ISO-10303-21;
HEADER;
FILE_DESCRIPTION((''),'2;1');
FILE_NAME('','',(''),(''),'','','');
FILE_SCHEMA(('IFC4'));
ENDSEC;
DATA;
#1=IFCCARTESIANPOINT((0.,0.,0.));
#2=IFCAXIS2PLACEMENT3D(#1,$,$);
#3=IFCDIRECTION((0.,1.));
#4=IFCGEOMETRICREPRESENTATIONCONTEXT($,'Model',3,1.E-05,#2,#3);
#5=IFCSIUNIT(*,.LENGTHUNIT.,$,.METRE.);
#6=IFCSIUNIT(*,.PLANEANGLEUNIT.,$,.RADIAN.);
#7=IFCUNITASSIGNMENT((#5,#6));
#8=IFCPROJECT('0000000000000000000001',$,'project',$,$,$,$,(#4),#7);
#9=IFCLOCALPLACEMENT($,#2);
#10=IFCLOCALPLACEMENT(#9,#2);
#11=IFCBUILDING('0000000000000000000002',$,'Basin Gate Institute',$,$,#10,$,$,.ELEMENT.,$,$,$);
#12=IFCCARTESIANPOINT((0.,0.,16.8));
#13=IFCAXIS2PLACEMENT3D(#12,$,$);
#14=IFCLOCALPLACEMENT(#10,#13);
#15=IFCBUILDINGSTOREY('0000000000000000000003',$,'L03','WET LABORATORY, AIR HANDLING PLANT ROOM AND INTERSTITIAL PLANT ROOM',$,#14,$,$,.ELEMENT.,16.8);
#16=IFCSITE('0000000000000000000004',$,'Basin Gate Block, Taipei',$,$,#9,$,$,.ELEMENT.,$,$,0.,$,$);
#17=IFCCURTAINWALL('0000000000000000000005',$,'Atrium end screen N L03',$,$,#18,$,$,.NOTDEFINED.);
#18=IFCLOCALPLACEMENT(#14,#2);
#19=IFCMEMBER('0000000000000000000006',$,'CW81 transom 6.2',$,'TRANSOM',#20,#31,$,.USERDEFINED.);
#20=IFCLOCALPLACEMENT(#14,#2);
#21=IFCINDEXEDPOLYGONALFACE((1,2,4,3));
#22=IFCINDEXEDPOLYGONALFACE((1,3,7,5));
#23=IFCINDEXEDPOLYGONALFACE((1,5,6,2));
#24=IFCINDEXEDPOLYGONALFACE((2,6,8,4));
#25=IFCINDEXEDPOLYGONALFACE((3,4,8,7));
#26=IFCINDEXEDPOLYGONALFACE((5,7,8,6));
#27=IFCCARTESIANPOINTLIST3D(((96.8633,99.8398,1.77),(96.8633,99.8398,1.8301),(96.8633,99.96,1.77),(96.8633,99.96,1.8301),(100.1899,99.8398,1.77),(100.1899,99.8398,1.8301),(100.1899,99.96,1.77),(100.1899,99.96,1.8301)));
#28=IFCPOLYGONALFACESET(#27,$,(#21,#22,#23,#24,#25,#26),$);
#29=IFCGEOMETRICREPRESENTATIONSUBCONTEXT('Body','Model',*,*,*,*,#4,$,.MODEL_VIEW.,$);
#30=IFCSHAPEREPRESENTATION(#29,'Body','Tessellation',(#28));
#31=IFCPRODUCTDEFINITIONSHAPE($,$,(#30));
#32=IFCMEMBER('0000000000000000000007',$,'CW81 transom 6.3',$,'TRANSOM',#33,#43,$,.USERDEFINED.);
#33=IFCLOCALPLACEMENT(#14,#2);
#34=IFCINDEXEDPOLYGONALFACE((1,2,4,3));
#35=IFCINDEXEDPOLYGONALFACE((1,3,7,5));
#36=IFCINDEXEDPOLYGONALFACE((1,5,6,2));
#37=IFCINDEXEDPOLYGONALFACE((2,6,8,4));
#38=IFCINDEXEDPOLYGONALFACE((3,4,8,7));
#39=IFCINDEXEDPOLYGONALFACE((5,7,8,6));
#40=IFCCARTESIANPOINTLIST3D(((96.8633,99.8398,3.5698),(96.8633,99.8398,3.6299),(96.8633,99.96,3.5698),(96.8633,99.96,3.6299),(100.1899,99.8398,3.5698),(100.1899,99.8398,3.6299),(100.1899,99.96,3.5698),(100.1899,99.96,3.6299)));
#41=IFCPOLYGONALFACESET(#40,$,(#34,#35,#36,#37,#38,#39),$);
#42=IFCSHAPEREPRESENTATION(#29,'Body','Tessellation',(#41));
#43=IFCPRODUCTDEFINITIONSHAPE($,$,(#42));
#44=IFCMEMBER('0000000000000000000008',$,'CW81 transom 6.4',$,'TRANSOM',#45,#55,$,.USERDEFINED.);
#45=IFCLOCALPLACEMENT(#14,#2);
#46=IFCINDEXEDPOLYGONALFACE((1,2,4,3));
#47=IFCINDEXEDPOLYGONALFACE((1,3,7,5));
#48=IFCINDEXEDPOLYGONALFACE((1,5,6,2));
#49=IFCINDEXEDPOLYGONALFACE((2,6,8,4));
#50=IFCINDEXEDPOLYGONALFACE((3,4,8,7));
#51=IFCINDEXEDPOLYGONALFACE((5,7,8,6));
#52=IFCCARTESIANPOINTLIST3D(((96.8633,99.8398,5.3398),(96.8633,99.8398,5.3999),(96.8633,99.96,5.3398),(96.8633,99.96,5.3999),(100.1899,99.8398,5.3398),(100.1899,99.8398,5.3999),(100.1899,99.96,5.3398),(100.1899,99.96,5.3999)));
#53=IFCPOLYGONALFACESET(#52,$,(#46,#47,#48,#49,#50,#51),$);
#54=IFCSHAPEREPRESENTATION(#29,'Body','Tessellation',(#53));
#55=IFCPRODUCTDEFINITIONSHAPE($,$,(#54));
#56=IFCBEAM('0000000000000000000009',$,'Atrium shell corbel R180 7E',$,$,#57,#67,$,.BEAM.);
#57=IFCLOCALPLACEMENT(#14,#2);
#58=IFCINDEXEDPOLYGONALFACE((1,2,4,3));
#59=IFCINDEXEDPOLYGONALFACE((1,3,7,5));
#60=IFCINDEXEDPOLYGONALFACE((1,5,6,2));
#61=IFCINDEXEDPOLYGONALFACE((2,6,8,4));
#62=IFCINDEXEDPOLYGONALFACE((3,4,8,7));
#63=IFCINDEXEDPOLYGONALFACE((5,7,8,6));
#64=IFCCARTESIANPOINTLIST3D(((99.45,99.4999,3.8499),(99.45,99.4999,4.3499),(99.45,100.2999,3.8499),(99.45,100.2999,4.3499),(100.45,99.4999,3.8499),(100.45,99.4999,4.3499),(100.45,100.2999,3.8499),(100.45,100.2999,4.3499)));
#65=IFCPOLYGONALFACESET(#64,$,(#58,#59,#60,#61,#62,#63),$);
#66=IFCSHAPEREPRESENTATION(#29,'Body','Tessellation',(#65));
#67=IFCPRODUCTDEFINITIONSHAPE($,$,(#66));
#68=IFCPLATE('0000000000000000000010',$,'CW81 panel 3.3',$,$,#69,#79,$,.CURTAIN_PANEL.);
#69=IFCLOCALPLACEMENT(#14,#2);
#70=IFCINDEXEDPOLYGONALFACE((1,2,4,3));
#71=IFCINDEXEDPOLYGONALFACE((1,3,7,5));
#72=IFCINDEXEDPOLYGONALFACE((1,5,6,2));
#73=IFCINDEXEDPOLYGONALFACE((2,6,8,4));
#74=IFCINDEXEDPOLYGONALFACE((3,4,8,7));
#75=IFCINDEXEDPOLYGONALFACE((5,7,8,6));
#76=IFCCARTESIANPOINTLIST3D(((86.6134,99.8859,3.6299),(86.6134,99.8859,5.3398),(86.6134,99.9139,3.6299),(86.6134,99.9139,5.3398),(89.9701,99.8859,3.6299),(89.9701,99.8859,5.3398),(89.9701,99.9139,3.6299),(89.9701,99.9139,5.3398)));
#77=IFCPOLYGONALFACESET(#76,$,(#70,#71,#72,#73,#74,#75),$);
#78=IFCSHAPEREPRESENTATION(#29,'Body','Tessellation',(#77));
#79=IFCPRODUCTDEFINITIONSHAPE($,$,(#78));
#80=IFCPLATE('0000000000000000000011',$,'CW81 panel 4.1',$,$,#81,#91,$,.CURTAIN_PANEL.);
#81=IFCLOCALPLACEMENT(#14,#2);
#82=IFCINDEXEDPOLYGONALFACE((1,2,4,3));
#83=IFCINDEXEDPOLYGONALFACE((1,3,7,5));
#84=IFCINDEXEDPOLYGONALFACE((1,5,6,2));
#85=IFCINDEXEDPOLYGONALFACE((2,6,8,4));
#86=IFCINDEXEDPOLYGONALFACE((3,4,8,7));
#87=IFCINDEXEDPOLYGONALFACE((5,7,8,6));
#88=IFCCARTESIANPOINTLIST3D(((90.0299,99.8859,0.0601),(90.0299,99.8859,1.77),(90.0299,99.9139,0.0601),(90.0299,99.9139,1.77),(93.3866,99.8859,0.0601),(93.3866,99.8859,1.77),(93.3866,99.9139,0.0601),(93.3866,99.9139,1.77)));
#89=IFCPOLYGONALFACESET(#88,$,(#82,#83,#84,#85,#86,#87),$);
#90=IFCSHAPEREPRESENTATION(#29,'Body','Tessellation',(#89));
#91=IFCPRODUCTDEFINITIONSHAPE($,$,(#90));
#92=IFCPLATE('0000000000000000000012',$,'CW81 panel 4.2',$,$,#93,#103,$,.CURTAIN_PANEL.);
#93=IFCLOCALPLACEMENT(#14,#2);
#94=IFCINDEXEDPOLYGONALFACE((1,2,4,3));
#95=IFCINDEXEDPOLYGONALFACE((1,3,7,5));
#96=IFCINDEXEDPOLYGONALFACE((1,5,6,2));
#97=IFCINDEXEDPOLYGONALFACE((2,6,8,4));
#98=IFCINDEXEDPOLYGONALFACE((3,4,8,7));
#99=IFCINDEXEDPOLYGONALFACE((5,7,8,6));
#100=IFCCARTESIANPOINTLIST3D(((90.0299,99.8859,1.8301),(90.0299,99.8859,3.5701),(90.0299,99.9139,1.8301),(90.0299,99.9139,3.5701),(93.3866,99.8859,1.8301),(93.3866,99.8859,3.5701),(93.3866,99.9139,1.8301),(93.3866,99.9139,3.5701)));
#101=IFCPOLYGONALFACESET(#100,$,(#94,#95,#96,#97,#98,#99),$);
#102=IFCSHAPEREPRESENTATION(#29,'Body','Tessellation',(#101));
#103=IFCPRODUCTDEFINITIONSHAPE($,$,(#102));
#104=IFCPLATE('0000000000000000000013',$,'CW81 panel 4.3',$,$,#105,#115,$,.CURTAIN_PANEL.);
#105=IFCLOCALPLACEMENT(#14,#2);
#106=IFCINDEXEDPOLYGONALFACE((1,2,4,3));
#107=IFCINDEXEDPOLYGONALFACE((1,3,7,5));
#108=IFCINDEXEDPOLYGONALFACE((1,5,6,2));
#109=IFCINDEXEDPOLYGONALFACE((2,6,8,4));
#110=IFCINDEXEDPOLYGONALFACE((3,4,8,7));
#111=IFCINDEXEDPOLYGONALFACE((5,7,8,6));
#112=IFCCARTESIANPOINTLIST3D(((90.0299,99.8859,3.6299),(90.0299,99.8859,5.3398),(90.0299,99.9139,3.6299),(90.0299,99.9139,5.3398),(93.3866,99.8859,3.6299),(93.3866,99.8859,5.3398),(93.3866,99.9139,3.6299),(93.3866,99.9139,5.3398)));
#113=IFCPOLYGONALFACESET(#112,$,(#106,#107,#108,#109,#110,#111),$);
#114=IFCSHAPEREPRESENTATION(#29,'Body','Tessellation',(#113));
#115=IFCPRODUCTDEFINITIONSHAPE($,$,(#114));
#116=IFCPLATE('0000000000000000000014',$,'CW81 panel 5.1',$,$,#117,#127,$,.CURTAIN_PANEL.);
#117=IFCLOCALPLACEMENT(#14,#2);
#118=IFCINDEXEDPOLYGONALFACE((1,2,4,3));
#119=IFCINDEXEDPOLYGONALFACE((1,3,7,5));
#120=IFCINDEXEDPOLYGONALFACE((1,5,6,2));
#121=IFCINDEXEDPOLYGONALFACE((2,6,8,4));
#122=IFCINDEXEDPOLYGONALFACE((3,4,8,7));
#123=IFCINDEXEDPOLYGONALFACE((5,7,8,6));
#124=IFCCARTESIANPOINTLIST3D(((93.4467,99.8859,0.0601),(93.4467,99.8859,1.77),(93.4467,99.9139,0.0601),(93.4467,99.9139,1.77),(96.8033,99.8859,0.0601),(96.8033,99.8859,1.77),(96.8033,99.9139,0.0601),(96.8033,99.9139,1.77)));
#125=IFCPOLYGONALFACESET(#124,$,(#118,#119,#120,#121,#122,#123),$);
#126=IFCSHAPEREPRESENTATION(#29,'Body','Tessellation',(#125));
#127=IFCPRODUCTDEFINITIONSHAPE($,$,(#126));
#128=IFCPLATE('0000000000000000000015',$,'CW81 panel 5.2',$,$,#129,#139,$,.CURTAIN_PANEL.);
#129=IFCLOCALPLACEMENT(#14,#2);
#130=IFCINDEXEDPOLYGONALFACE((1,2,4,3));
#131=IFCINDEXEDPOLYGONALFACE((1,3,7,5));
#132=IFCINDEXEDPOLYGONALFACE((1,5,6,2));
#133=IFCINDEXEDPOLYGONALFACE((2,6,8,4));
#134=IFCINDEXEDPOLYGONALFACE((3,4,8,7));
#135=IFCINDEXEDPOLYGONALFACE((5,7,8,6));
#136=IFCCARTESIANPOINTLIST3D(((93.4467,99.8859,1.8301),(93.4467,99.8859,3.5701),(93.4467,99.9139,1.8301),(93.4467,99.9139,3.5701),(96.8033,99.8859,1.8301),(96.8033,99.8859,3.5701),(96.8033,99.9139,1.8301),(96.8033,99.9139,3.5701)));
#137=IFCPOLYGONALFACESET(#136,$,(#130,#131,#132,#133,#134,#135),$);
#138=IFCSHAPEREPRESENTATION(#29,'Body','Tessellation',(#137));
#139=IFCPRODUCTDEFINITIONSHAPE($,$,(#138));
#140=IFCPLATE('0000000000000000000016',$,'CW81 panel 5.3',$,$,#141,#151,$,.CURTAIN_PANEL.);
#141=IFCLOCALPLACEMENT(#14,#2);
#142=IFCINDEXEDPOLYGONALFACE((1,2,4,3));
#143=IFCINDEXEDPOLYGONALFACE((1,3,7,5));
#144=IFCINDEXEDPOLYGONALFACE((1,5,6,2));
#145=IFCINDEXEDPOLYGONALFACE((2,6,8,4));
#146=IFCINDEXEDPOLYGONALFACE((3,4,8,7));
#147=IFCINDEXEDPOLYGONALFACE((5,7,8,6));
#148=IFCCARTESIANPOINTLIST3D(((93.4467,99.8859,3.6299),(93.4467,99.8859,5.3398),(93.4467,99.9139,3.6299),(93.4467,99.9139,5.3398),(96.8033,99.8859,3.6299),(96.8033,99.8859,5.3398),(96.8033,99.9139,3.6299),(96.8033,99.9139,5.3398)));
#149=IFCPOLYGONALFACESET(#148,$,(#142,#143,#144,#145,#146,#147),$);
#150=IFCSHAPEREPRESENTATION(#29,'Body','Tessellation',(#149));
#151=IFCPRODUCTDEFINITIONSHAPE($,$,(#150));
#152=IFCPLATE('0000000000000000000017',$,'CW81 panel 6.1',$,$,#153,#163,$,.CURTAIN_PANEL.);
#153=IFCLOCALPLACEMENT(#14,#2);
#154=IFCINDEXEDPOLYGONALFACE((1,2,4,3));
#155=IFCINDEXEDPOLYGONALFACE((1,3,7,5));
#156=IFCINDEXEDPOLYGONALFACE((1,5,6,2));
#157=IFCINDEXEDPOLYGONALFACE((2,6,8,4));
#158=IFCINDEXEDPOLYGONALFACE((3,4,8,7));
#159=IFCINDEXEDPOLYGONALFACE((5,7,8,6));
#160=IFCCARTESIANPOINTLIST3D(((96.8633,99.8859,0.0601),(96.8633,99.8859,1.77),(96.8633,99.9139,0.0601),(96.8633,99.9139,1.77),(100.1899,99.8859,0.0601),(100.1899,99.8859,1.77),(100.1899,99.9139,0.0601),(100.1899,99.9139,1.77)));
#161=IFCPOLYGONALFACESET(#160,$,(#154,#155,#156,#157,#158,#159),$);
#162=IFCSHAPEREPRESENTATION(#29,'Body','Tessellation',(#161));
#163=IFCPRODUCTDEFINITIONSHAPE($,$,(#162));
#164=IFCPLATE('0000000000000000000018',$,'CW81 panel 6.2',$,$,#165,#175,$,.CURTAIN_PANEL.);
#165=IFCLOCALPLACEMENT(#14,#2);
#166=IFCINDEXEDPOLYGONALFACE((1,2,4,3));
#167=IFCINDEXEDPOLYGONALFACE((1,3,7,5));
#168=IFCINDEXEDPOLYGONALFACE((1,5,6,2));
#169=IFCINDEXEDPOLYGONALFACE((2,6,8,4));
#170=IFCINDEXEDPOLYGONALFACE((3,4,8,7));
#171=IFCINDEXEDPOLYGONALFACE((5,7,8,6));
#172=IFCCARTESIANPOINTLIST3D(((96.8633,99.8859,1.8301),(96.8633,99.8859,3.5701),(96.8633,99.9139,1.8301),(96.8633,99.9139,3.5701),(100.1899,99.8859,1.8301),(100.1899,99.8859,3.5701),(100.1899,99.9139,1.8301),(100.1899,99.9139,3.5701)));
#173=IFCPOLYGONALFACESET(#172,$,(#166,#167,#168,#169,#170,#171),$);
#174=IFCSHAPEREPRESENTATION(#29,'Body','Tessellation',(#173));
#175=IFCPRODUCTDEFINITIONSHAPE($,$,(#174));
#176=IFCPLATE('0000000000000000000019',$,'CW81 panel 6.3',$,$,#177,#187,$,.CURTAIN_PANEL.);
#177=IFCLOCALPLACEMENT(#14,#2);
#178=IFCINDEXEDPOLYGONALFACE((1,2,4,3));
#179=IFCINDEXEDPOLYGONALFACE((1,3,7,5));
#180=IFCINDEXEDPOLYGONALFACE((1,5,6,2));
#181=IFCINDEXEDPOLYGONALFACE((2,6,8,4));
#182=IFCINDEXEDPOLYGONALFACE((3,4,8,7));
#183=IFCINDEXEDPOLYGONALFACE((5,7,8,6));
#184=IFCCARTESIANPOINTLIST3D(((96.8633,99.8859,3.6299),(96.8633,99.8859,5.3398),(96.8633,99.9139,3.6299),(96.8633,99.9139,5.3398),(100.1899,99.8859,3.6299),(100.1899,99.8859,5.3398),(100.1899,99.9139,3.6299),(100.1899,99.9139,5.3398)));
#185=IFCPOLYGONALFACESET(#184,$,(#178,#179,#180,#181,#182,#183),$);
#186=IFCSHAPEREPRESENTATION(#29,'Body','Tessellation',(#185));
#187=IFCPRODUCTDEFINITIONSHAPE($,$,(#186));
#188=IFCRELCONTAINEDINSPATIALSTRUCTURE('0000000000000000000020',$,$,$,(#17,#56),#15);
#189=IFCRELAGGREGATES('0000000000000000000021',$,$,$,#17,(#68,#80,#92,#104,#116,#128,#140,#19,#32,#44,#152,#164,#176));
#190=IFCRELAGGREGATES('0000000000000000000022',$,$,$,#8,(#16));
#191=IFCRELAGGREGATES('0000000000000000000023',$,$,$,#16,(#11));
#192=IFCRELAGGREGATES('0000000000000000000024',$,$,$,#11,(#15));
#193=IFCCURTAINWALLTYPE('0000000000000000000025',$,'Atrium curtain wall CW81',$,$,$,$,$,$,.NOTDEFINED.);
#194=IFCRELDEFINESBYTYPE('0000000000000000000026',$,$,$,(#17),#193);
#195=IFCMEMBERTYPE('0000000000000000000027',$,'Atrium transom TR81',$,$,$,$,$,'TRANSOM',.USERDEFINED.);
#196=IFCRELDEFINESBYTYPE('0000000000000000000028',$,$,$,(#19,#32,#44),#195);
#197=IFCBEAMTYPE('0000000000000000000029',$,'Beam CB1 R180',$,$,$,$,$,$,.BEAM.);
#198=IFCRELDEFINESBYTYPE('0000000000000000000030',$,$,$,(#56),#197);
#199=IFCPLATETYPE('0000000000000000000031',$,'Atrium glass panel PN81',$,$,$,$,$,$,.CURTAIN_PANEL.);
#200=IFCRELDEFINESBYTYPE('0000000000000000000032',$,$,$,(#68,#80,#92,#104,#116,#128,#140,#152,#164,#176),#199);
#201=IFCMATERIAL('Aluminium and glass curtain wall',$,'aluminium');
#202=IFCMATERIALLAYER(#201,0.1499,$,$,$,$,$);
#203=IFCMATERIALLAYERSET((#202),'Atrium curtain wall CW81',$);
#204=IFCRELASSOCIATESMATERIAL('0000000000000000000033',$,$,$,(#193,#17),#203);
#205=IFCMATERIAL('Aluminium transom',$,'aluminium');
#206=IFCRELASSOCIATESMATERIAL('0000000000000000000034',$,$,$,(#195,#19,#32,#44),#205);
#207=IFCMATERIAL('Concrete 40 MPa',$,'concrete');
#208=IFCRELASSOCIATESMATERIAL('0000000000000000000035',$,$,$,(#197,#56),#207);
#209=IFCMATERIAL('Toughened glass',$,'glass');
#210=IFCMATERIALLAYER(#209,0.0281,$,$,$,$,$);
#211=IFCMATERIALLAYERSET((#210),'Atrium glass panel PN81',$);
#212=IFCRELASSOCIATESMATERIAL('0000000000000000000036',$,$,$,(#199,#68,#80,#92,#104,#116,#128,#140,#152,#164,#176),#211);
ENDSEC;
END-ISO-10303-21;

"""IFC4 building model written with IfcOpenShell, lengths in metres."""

from ifc_helpers import new_model, si_unit, direction, frame, origin, origin_2d, place, context, subcontext, project, spatial, rectangle, extrude, material, layer, layer_set, material_profile, profile_set, type_object, element, aggregate, save


model = new_model("IFC4")

# Units and contexts
model_context = context("Model", 3, precision=1e-05, world=origin(), true_north=direction((0.0, 1.0)))
body_context = subcontext(model_context, "Body", "Model", "MODEL_VIEW")
ifc_project = project(units=[si_unit("LENGTHUNIT", "METRE"), si_unit("PLANEANGLEUNIT", "RADIAN")], contexts=[model_context])

# Site, building, storey
site_placement = place(None, origin())
site = spatial("IfcSite", under=ifc_project, at=site_placement, Name="Basin Gate Block, Taipei", CompositionType="ELEMENT", RefElevation=0.0)
building_placement = place(site_placement, origin())
building = spatial("IfcBuilding", under=site, at=building_placement, Name="Basin Gate Institute", CompositionType="ELEMENT")
storey_placement = place(building_placement, frame((0.0, 0.0, 16.8)))
storey = spatial("IfcBuildingStorey", under=building, at=storey_placement, Name="L03", Description="WET LABORATORY, AIR HANDLING PLANT ROOM AND INTERSTITIAL PLANT ROOM", CompositionType="ELEMENT", Elevation=16.8)

# Curtain wall, members
ifc_material_1 = material(Name="Aluminium and glass curtain wall", Category="aluminium")
ifc_layer_1 = layer(ifc_material_1, 0.1499)
ifc_layer_set_1 = layer_set([ifc_layer_1], Name="Atrium curtain wall CW81")
curtain_wall_type = type_object("IfcCurtainWallType", Name="Atrium curtain wall CW81", PredefinedType="NOTDEFINED", material=ifc_layer_set_1)
curtain_wall_placement = place(storey_placement, origin())
curtain_wall = element("IfcCurtainWall", 1, at=curtain_wall_placement, inside=storey, type_object=curtain_wall_type, material=ifc_layer_set_1, Name="Atrium end screen N L03", PredefinedType="NOTDEFINED")
ifc_material_2 = material(Name="Aluminium transom", Category="aluminium")
ifc_material_profile_1 = material_profile(ifc_material_2, rectangle(XDim=0.1201, YDim=0.0601, at=origin_2d()), Name="Atrium transom TR81 120 x 60")
ifc_profile_set_1 = profile_set([ifc_material_profile_1], Name="Aluminium transom")
member_type_1 = type_object("IfcMemberType", Name="Atrium transom TR81", ElementType="TRANSOM", PredefinedType="USERDEFINED", material=ifc_profile_set_1)
member_1_placement = place(storey_placement, frame((96.8633, 99.8999, 1.8), z_axis=(1.0, 0.0, 0.0), x_axis=(0.0, 1.0, 0.0)))
member_1 = element("IfcMember", 2, at=member_1_placement, type_object=member_type_1, material=ifc_profile_set_1, Name="CW81 transom 6.2", ObjectType="TRANSOM", PredefinedType="USERDEFINED", context=body_context, shape_type="SweptSolid", body=[
    extrude(rectangle(XDim=0.1201, YDim=0.0601, at=origin_2d()), origin(), (0.0, 0.0, 1.0), 3.3267),
])
member_2_placement = place(storey_placement, frame((96.8633, 99.8999, 3.5999), z_axis=(1.0, 0.0, 0.0), x_axis=(0.0, 1.0, 0.0)))
member_2 = element("IfcMember", 3, at=member_2_placement, type_object=member_type_1, material=ifc_profile_set_1, Name="CW81 transom 6.3", ObjectType="TRANSOM", PredefinedType="USERDEFINED", context=body_context, shape_type="SweptSolid", body=[
    extrude(rectangle(XDim=0.1201, YDim=0.0601, at=origin_2d()), origin(), (0.0, 0.0, 1.0), 3.3267),
])
member_3_placement = place(storey_placement, frame((96.8633, 99.8999, 5.3699), z_axis=(1.0, 0.0, 0.0), x_axis=(0.0, 1.0, 0.0)))
member_3 = element("IfcMember", 4, at=member_3_placement, type_object=member_type_1, material=ifc_profile_set_1, Name="CW81 transom 6.4", ObjectType="TRANSOM", PredefinedType="USERDEFINED", context=body_context, shape_type="SweptSolid", body=[
    extrude(rectangle(XDim=0.1201, YDim=0.0601, at=origin_2d()), origin(), (0.0, 0.0, 1.0), 3.3267),
])

# Beam
ifc_material_3 = material(Name="Concrete 40 MPa", Category="concrete")
ifc_material_profile_2 = material_profile(ifc_material_3, rectangle(XDim=0.8, YDim=0.5, at=origin_2d()), Name="Beam CB1 800 x 500")
ifc_profile_set_2 = profile_set([ifc_material_profile_2], Name="Concrete 40 MPa")
beam_type = type_object("IfcBeamType", Name="Beam CB1 R180", PredefinedType="BEAM", material=ifc_profile_set_2)
beam_placement = place(storey_placement, frame((100.45, 99.8999, 4.0999), z_axis=(-1.0, 0.0, 0.0), x_axis=(0.0, -1.0, 0.0)))
element("IfcBeam", 5, at=beam_placement, inside=storey, type_object=beam_type, material=ifc_profile_set_2, Name="Atrium shell corbel R180 7E", PredefinedType="BEAM", context=body_context, shape_type="SweptSolid", body=[
    extrude(rectangle(XDim=0.8, YDim=0.5, at=origin_2d()), origin(), (0.0, 0.0, 1.0), 1.0),
])

# Plates
ifc_material_4 = material(Name="Toughened glass", Category="glass")
ifc_layer_2 = layer(ifc_material_4, 0.0281)
ifc_layer_set_2 = layer_set([ifc_layer_2], Name="Atrium glass panel PN81")
plate_type = type_object("IfcPlateType", Name="Atrium glass panel PN81", PredefinedType="CURTAIN_PANEL", material=ifc_layer_set_2)
plate_1_placement = place(storey_placement, frame((88.2917, 99.8999, 3.6299), z_axis=(0.0, 0.0, 1.0), x_axis=(1.0, 0.0, 0.0)))
plate_1 = element("IfcPlate", 6, at=plate_1_placement, type_object=plate_type, material=ifc_layer_set_2, Name="CW81 panel 3.3", PredefinedType="CURTAIN_PANEL", context=body_context, shape_type="SweptSolid", body=[
    extrude(rectangle(XDim=3.3567, YDim=0.0281, at=origin_2d()), origin(), (0.0, 0.0, 1.0), 1.71),
])
plate_2_placement = place(storey_placement, frame((91.7083, 99.8999, 0.0601), z_axis=(0.0, 0.0, 1.0), x_axis=(1.0, 0.0, 0.0)))
plate_2 = element("IfcPlate", 7, at=plate_2_placement, type_object=plate_type, material=ifc_layer_set_2, Name="CW81 panel 4.1", PredefinedType="CURTAIN_PANEL", context=body_context, shape_type="SweptSolid", body=[
    extrude(rectangle(XDim=3.3567, YDim=0.0281, at=origin_2d()), origin(), (0.0, 0.0, 1.0), 1.71),
])
plate_3_placement = place(storey_placement, frame((91.7083, 99.8999, 1.8301), z_axis=(0.0, 0.0, 1.0), x_axis=(1.0, 0.0, 0.0)))
plate_3 = element("IfcPlate", 8, at=plate_3_placement, type_object=plate_type, material=ifc_layer_set_2, Name="CW81 panel 4.2", PredefinedType="CURTAIN_PANEL", context=body_context, shape_type="SweptSolid", body=[
    extrude(rectangle(XDim=3.3567, YDim=0.0281, at=origin_2d()), origin(), (0.0, 0.0, 1.0), 1.74),
])
plate_4_placement = place(storey_placement, frame((91.7083, 99.8999, 3.6299), z_axis=(0.0, 0.0, 1.0), x_axis=(1.0, 0.0, 0.0)))
plate_4 = element("IfcPlate", 9, at=plate_4_placement, type_object=plate_type, material=ifc_layer_set_2, Name="CW81 panel 4.3", PredefinedType="CURTAIN_PANEL", context=body_context, shape_type="SweptSolid", body=[
    extrude(rectangle(XDim=3.3567, YDim=0.0281, at=origin_2d()), origin(), (0.0, 0.0, 1.0), 1.71),
])
plate_5_placement = place(storey_placement, frame((95.125, 99.8999, 0.0601), z_axis=(0.0, 0.0, 1.0), x_axis=(1.0, 0.0, 0.0)))
plate_5 = element("IfcPlate", 10, at=plate_5_placement, type_object=plate_type, material=ifc_layer_set_2, Name="CW81 panel 5.1", PredefinedType="CURTAIN_PANEL", context=body_context, shape_type="SweptSolid", body=[
    extrude(rectangle(XDim=3.3567, YDim=0.0281, at=origin_2d()), origin(), (0.0, 0.0, 1.0), 1.71),
])
plate_6_placement = place(storey_placement, frame((95.125, 99.8999, 1.8301), z_axis=(0.0, 0.0, 1.0), x_axis=(1.0, 0.0, 0.0)))
plate_6 = element("IfcPlate", 11, at=plate_6_placement, type_object=plate_type, material=ifc_layer_set_2, Name="CW81 panel 5.2", PredefinedType="CURTAIN_PANEL", context=body_context, shape_type="SweptSolid", body=[
    extrude(rectangle(XDim=3.3567, YDim=0.0281, at=origin_2d()), origin(), (0.0, 0.0, 1.0), 1.74),
])
plate_7_placement = place(storey_placement, frame((95.125, 99.8999, 3.6299), z_axis=(0.0, 0.0, 1.0), x_axis=(1.0, 0.0, 0.0)))
plate_7 = element("IfcPlate", 12, at=plate_7_placement, type_object=plate_type, material=ifc_layer_set_2, Name="CW81 panel 5.3", PredefinedType="CURTAIN_PANEL", context=body_context, shape_type="SweptSolid", body=[
    extrude(rectangle(XDim=3.3567, YDim=0.0281, at=origin_2d()), origin(), (0.0, 0.0, 1.0), 1.71),
])
plate_8_placement = place(storey_placement, frame((98.5266, 99.8999, 0.0601), z_axis=(0.0, 0.0, 1.0), x_axis=(1.0, 0.0, 0.0)))
plate_8 = element("IfcPlate", 13, at=plate_8_placement, type_object=plate_type, material=ifc_layer_set_2, Name="CW81 panel 6.1", PredefinedType="CURTAIN_PANEL", context=body_context, shape_type="SweptSolid", body=[
    extrude(rectangle(XDim=3.3267, YDim=0.0281, at=origin_2d()), origin(), (0.0, 0.0, 1.0), 1.71),
])
plate_9_placement = place(storey_placement, frame((98.5266, 99.8999, 1.8301), z_axis=(0.0, 0.0, 1.0), x_axis=(1.0, 0.0, 0.0)))
plate_9 = element("IfcPlate", 14, at=plate_9_placement, type_object=plate_type, material=ifc_layer_set_2, Name="CW81 panel 6.2", PredefinedType="CURTAIN_PANEL", context=body_context, shape_type="SweptSolid", body=[
    extrude(rectangle(XDim=3.3267, YDim=0.0281, at=origin_2d()), origin(), (0.0, 0.0, 1.0), 1.74),
])
plate_10_placement = place(storey_placement, frame((98.5266, 99.8999, 3.6299), z_axis=(0.0, 0.0, 1.0), x_axis=(1.0, 0.0, 0.0)))
plate_10 = element("IfcPlate", 15, at=plate_10_placement, type_object=plate_type, material=ifc_layer_set_2, Name="CW81 panel 6.3", PredefinedType="CURTAIN_PANEL", context=body_context, shape_type="SweptSolid", body=[
    extrude(rectangle(XDim=3.3267, YDim=0.0281, at=origin_2d()), origin(), (0.0, 0.0, 1.0), 1.71),
])
aggregate(curtain_wall, [plate_1, plate_2, plate_3, plate_4, plate_5, plate_6, plate_7, member_1, member_2, member_3, plate_8, plate_9, plate_10])

save(model, "model.ifc")
